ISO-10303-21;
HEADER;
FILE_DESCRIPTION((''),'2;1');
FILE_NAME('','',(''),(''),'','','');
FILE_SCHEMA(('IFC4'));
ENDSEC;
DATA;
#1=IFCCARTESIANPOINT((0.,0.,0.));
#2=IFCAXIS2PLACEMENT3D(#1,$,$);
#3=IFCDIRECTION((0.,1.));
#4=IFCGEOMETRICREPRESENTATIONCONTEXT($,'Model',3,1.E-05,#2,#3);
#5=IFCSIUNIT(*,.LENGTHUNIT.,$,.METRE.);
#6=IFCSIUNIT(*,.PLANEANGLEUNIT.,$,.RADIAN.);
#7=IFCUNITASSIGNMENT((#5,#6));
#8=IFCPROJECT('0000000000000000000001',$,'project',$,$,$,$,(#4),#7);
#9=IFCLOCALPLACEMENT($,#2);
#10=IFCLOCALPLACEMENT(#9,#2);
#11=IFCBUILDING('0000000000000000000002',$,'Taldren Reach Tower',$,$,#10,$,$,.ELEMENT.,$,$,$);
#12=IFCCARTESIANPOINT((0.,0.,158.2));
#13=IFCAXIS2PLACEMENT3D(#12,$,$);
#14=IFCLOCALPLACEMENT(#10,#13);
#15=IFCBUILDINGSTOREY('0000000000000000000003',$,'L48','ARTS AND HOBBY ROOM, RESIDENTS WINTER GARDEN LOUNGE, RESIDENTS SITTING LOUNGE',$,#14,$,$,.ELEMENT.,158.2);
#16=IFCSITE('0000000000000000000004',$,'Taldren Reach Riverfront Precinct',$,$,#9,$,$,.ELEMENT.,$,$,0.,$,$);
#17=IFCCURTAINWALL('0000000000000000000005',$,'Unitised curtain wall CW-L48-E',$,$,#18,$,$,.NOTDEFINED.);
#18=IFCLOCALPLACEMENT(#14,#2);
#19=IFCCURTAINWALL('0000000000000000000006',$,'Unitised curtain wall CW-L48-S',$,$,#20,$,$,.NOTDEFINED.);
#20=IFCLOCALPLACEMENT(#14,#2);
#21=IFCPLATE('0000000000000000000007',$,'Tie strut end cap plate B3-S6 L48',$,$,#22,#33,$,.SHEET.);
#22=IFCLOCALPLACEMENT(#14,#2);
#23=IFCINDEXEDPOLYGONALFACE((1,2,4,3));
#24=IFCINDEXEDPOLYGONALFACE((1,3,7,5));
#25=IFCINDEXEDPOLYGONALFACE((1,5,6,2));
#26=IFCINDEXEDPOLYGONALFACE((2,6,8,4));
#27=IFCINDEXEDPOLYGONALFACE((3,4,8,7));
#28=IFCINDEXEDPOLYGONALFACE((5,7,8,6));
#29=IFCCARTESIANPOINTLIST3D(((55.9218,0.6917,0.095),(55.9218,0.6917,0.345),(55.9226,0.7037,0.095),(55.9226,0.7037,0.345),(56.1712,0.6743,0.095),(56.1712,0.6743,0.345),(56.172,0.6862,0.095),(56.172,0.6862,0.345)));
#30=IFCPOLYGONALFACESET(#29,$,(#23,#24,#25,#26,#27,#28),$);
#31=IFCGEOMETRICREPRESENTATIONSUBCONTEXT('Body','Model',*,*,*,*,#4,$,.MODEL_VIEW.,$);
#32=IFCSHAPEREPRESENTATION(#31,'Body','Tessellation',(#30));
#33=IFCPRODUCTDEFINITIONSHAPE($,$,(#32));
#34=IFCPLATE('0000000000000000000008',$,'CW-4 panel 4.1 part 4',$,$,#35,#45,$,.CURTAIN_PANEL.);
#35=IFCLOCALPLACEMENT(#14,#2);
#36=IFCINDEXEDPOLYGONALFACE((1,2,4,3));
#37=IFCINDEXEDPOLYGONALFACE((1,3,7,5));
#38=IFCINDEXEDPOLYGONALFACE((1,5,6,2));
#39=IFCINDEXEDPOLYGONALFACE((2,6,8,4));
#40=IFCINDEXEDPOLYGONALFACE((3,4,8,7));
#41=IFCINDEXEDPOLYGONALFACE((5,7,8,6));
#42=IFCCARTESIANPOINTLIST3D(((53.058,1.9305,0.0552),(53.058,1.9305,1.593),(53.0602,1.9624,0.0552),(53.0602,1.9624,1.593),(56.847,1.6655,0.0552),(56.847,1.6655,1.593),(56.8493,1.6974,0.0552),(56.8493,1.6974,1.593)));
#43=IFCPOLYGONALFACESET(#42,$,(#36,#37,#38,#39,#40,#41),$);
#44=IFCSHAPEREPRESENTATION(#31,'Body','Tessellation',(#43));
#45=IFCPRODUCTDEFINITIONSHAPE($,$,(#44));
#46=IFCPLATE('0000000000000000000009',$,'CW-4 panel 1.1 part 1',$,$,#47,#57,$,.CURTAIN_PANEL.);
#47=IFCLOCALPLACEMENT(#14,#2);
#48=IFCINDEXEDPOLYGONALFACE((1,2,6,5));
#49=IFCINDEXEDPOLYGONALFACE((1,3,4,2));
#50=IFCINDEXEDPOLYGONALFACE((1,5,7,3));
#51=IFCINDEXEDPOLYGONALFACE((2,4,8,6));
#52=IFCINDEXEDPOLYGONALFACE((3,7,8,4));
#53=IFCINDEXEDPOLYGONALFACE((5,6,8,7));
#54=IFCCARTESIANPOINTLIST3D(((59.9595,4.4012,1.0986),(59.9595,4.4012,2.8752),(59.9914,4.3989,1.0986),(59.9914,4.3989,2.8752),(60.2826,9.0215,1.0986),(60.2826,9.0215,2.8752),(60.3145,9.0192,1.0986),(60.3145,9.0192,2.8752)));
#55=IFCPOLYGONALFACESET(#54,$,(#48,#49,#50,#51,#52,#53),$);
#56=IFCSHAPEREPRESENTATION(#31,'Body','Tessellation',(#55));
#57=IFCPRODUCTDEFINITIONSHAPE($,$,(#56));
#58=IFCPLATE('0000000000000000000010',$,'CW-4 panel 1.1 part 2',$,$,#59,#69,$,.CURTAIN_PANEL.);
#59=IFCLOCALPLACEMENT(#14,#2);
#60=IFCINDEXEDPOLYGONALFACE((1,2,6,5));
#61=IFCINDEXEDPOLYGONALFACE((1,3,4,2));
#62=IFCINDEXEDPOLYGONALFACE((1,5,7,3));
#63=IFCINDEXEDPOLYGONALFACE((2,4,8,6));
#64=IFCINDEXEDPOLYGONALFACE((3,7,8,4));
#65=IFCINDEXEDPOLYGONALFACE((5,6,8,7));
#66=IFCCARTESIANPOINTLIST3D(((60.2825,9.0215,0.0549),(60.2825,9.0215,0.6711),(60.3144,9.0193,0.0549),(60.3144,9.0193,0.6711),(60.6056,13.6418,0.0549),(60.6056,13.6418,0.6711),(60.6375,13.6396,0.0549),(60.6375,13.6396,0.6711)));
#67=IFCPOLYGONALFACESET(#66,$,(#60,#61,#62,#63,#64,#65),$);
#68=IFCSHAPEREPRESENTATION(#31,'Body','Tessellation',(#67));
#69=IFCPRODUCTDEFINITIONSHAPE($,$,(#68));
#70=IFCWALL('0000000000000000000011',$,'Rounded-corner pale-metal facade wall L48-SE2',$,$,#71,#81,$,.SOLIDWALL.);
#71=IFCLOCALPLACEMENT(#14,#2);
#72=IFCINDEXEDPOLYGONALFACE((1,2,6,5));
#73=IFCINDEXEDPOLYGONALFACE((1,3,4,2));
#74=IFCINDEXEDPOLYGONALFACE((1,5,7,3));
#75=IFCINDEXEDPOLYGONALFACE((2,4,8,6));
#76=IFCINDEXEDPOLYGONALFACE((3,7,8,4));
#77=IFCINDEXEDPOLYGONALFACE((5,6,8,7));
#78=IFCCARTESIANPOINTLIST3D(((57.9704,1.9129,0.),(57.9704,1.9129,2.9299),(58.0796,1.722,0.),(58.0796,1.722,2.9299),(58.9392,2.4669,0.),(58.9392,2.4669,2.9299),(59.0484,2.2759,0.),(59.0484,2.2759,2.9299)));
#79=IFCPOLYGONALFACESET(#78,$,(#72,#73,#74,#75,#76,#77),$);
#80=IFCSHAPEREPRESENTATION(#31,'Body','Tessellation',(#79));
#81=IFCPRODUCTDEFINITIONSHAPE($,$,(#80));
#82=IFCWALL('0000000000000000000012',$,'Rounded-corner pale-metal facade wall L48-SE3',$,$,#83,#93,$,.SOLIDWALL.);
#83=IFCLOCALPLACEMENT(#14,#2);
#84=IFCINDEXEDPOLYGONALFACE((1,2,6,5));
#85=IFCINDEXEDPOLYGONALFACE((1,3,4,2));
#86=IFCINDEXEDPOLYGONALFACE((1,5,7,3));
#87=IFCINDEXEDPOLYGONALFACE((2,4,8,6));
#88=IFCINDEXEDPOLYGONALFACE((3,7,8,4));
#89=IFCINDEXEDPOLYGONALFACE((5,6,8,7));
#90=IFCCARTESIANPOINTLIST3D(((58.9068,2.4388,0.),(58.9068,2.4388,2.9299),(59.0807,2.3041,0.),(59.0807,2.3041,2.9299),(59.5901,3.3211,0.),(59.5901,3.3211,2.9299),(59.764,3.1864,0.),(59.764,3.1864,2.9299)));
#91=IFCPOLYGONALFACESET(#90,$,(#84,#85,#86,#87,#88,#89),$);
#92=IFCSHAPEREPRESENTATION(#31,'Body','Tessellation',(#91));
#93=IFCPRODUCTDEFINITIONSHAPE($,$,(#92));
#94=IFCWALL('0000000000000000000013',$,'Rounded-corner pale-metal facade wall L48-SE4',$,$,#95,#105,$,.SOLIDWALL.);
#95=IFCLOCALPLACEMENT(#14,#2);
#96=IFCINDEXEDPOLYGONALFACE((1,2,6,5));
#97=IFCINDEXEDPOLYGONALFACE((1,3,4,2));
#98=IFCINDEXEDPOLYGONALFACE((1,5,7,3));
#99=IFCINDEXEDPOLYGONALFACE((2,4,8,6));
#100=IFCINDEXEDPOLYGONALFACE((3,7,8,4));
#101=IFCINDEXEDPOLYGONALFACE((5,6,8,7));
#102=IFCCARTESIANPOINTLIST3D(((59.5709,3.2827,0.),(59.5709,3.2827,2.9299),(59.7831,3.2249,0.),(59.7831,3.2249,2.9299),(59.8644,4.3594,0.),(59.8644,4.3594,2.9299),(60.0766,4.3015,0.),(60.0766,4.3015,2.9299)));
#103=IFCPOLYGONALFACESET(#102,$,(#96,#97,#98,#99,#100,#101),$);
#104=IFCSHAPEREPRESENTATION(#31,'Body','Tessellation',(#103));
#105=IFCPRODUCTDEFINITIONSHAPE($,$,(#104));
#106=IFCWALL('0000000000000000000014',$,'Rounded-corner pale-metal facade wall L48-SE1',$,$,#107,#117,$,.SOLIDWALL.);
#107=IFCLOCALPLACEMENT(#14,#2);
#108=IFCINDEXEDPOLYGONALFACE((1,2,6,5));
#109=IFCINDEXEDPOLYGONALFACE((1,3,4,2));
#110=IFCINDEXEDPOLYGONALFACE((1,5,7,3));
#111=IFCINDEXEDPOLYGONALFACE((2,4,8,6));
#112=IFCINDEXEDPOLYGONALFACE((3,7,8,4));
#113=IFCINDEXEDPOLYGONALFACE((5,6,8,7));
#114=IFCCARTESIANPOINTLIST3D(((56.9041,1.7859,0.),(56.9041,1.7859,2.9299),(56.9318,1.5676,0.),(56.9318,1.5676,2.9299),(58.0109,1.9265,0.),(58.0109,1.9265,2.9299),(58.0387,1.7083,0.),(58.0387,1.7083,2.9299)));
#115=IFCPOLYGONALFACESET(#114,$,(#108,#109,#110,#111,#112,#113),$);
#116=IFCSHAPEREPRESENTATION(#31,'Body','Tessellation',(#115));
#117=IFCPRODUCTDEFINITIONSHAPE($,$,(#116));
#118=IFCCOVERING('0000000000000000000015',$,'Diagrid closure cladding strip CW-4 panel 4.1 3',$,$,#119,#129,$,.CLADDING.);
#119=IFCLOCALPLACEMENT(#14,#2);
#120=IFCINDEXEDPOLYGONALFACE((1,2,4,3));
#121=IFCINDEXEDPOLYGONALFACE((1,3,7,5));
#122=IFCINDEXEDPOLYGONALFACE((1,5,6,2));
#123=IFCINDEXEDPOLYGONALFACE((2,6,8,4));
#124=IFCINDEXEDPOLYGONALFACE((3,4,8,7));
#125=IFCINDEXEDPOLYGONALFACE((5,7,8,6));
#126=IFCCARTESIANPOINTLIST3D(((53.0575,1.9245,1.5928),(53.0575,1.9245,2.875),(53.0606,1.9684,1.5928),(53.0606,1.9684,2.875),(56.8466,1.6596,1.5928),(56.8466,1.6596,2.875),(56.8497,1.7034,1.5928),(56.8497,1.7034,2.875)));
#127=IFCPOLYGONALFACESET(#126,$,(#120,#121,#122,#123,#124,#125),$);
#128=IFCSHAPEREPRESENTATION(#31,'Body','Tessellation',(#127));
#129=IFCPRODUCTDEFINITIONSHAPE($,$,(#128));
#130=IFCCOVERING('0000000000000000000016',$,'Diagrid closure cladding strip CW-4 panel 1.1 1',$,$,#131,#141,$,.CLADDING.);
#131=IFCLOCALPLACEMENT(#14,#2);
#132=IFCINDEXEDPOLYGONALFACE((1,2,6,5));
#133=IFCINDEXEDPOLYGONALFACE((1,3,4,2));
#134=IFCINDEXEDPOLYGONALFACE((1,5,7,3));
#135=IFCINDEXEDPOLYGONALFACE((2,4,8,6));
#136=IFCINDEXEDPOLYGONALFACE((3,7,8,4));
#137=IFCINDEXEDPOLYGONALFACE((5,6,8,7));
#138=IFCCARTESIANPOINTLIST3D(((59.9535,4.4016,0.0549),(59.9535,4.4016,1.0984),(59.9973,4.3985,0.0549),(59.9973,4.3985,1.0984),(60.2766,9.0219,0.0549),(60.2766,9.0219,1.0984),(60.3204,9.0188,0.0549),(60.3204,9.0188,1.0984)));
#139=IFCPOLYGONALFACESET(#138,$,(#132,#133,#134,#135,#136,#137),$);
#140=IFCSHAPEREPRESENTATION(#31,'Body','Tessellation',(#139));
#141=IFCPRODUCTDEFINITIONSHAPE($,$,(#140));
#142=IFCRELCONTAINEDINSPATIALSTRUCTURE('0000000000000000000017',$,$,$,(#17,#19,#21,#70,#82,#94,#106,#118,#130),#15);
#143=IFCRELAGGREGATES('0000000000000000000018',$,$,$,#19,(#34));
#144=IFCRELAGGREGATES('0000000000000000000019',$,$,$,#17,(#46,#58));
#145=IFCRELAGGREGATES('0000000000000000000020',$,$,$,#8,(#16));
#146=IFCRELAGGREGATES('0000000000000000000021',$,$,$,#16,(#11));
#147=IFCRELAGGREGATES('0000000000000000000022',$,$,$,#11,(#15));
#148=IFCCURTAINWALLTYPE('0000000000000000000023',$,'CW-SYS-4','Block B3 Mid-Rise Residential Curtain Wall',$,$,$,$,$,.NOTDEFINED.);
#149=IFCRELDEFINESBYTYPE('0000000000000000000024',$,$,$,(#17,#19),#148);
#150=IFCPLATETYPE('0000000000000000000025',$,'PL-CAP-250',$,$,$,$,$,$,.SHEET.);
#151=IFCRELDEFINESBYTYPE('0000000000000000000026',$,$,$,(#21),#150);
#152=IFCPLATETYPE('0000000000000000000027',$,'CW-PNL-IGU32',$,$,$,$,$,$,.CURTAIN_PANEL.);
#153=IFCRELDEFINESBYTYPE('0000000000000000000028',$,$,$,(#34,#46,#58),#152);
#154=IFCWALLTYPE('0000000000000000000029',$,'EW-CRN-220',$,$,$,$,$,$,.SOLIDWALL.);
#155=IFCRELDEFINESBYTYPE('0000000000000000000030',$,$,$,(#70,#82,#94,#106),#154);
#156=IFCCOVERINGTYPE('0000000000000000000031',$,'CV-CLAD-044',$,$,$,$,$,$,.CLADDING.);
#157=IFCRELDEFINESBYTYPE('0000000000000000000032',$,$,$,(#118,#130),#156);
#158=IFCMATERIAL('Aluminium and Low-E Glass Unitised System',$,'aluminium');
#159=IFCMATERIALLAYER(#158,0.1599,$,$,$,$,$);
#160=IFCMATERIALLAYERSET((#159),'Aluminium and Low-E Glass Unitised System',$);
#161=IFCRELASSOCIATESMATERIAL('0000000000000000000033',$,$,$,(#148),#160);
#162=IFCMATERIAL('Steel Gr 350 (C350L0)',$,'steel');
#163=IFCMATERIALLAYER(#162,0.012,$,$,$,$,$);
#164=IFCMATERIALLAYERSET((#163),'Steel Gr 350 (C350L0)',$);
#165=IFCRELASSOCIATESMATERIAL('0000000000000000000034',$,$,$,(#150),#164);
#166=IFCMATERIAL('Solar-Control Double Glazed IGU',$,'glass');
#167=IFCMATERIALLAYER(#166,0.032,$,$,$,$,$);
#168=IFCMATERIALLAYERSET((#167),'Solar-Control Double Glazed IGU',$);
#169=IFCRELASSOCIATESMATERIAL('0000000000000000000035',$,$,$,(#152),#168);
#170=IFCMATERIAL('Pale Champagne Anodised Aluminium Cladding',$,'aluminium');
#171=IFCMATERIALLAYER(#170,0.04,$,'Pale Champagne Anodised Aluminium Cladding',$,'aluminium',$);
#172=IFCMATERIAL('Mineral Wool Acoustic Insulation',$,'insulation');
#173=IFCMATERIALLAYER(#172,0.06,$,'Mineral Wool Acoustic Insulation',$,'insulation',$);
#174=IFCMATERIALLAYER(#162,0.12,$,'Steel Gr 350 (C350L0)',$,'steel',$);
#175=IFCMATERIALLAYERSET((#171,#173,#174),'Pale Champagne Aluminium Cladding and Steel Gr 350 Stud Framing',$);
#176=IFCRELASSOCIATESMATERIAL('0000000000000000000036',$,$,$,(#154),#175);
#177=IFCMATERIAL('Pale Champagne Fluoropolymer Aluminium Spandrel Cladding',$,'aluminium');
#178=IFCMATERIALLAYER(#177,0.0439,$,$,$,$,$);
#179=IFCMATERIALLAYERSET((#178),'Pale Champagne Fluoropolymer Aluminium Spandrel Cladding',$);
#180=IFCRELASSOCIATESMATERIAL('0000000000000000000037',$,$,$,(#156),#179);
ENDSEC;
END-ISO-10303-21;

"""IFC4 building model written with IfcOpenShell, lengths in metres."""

from ifc_helpers import new_model, si_unit, direction, frame, frame_2d, origin, origin_2d, place, context, subcontext, project, spatial, rectangle, extrude, source, transform, mapped, material, layer, layer_set, type_object, element, aggregate, save


model = new_model("IFC4")

# Units and contexts
model_context = context("Model", 3, precision=1e-05, world=origin(), true_north=direction((0.0, 1.0)))
body_context = subcontext(model_context, "Body", "Model", "MODEL_VIEW")
ifc_project = project(units=[si_unit("LENGTHUNIT", "METRE"), si_unit("PLANEANGLEUNIT", "RADIAN")], contexts=[model_context])

# Site, building, storey
site_placement = place(None, origin())
site = spatial("IfcSite", under=ifc_project, at=site_placement, Name="Taldren Reach Riverfront Precinct", CompositionType="ELEMENT", RefElevation=0.0)
building_placement = place(site_placement, origin())
building = spatial("IfcBuilding", under=site, at=building_placement, Name="Taldren Reach Tower", CompositionType="ELEMENT")
storey_placement = place(building_placement, frame((0.0, 0.0, 158.2)))
storey = spatial("IfcBuildingStorey", under=building, at=storey_placement, Name="L48", Description="ARTS AND HOBBY ROOM, RESIDENTS WINTER GARDEN LOUNGE, RESIDENTS SITTING LOUNGE", CompositionType="ELEMENT", Elevation=158.2)

# Shared definitions
ifc_material_1 = material(Name="Steel Gr 350 (C350L0)", Category="steel")

# Curtain wall
ifc_material_2 = material(Name="Aluminium and Low-E Glass Unitised System", Category="aluminium")
ifc_layer_1 = layer(ifc_material_2, 0.1599)
ifc_layer_set_1 = layer_set([ifc_layer_1], Name="Aluminium and Low-E Glass Unitised System")
curtain_wall_type = type_object("IfcCurtainWallType", Name="CW-SYS-4", Description="Block B3 Mid-Rise Residential Curtain Wall", PredefinedType="NOTDEFINED", material=ifc_layer_set_1)
curtain_wall_1_placement = place(storey_placement, origin())
curtain_wall_1 = element("IfcCurtainWall", 1, at=curtain_wall_1_placement, inside=storey, type_object=curtain_wall_type, Name="Unitised curtain wall CW-L48-E", PredefinedType="NOTDEFINED")

# Curtain wall
curtain_wall_2_placement = place(storey_placement, origin())
curtain_wall_2 = element("IfcCurtainWall", 2, at=curtain_wall_2_placement, inside=storey, type_object=curtain_wall_type, Name="Unitised curtain wall CW-L48-S", PredefinedType="NOTDEFINED")

# Plate
ifc_layer_2 = layer(ifc_material_1, 0.012)
ifc_layer_set_2 = layer_set([ifc_layer_2], Name="Steel Gr 350 (C350L0)")
plate_type_1 = type_object("IfcPlateType", Name="PL-CAP-250", PredefinedType="SHEET", material=ifc_layer_set_2)
shared_shape_1 = source(origin(), body_context, "Body", "SweptSolid", [
    extrude(rectangle(XDim=0.25, YDim=0.012, at=origin_2d()), origin(), (0.0, 0.0, 1.0), 0.25),
])
plate_1_placement = place(storey_placement, frame((56.0469, 0.689, 0.095), z_axis=(0.0, 0.0, 1.0), x_axis=(0.997564, -0.069756, 0.0)))
element("IfcPlate", 3, at=plate_1_placement, inside=storey, type_object=plate_type_1, Name="Tie strut end cap plate B3-S6 L48", PredefinedType="SHEET", context=body_context, shape_type="MappedRepresentation", body=[
    mapped(shared_shape_1, transform((0.0, 0.0, 0.0), scale=1.0)),
])

# Plates
ifc_material_3 = material(Name="Solar-Control Double Glazed IGU", Category="glass")
ifc_layer_3 = layer(ifc_material_3, 0.032)
ifc_layer_set_3 = layer_set([ifc_layer_3], Name="Solar-Control Double Glazed IGU")
plate_type_2 = type_object("IfcPlateType", Name="CW-PNL-IGU32", PredefinedType="CURTAIN_PANEL", material=ifc_layer_set_3)
shared_shape_2 = source(origin(), body_context, "Body", "SweptSolid", [
    extrude(rectangle(XDim=3.7983, YDim=0.032, at=origin_2d()), origin(), (0.0, 0.0, 1.0), 1.5378),
])
plate_2_placement = place(storey_placement, frame((54.9536, 1.814, 0.0552), z_axis=(0.0, 0.0, 1.0), x_axis=(0.997564, -0.069757, 0.0)))
plate_2 = element("IfcPlate", 4, at=plate_2_placement, type_object=plate_type_2, Name="CW-4 panel 4.1 part 4", PredefinedType="CURTAIN_PANEL", context=body_context, shape_type="MappedRepresentation", body=[
    mapped(shared_shape_2, transform((0.0, 0.0, 0.0), scale=1.0)),
])
aggregate(curtain_wall_2, [plate_2])
shared_shape_3 = source(origin(), body_context, "Body", "SweptSolid", [
    extrude(rectangle(XDim=4.6316, YDim=0.032, at=origin_2d()), origin(), (0.0, 0.0, 1.0), 1.7766),
])
plate_3_placement = place(storey_placement, frame((60.137, 6.7102, 1.0986), z_axis=(0.0, 0.0, 1.0), x_axis=(0.069756, 0.997564, 0.0)))
plate_3 = element("IfcPlate", 5, at=plate_3_placement, type_object=plate_type_2, Name="CW-4 panel 1.1 part 1", PredefinedType="CURTAIN_PANEL", context=body_context, shape_type="MappedRepresentation", body=[
    mapped(shared_shape_3, transform((0.0, 0.0, 0.0), scale=1.0)),
])
shared_shape_4 = source(origin(), body_context, "Body", "SweptSolid", [
    extrude(rectangle(XDim=4.6316, YDim=0.032, at=origin_2d()), origin(), (0.0, 0.0, 1.0), 0.6162),
])
plate_4_placement = place(storey_placement, frame((60.46, 11.3306, 0.0549), z_axis=(0.0, 0.0, 1.0), x_axis=(0.069756, 0.997564, 0.0)))
plate_4 = element("IfcPlate", 6, at=plate_4_placement, type_object=plate_type_2, Name="CW-4 panel 1.1 part 2", PredefinedType="CURTAIN_PANEL", context=body_context, shape_type="MappedRepresentation", body=[
    mapped(shared_shape_4, transform((0.0, 0.0, 0.0), scale=1.0)),
])
aggregate(curtain_wall_1, [plate_3, plate_4])

# Walls
ifc_material_4 = material(Name="Pale Champagne Anodised Aluminium Cladding", Category="aluminium")
ifc_layer_4 = layer(ifc_material_4, 0.04, Name="Pale Champagne Anodised Aluminium Cladding", Category="aluminium")
ifc_material_5 = material(Name="Mineral Wool Acoustic Insulation", Category="insulation")
ifc_layer_5 = layer(ifc_material_5, 0.06, Name="Mineral Wool Acoustic Insulation", Category="insulation")
ifc_layer_6 = layer(ifc_material_1, 0.12, Name="Steel Gr 350 (C350L0)", Category="steel")
ifc_layer_set_4 = layer_set([ifc_layer_4, ifc_layer_5, ifc_layer_6], Name="Pale Champagne Aluminium Cladding and Steel Gr 350 Stud Framing")
wall_type = type_object("IfcWallType", Name="EW-CRN-220", PredefinedType="SOLIDWALL", material=ifc_layer_set_4)
shared_shape_5 = source(origin(), body_context, "Body", "SweptSolid", [
    extrude(rectangle(XDim=1.116, YDim=0.22, at=frame_2d((0.5581, 0.0))), origin(), (0.0, 0.0, 1.0), 2.9299),
])
for number, where, z_axis, x_axis, name in (
    (7, (58.0249, 1.8174, 0.0), (0.0, 0.0, 1.0), (0.868095, 0.496398, 0.0), "Rounded-corner pale-metal facade wall L48-SE2"),
    (8, (58.9937, 2.3713, 0.0), (0.0, 0.0, 1.0), (0.612319, 0.790611, 0.0), "Rounded-corner pale-metal facade wall L48-SE3"),
    (9, (59.677, 3.2537, 0.0), (0.0, 0.0, 1.0), (0.262969, 0.964804, 0.0), "Rounded-corner pale-metal facade wall L48-SE4"),
):
    element("IfcWall", number, at=place(storey_placement, frame(where, z_axis=z_axis, x_axis=x_axis)), inside=storey, type_object=wall_type, Name=name, PredefinedType="SOLIDWALL", context=body_context, shape_type="MappedRepresentation", body=[
        mapped(shared_shape_5, transform((0.0, 0.0, 0.0), scale=1.0)),
    ])
shared_shape_6 = source(origin(), body_context, "Body", "SweptSolid", [
    extrude(rectangle(XDim=1.1157, YDim=0.22, at=frame_2d((0.5579, 0.0))), origin(), (0.0, 0.0, 1.0), 2.9299),
])
wall_placement = place(storey_placement, frame((56.918, 1.6768, 0.0), z_axis=(0.0, 0.0, 1.0), x_axis=(0.992027, 0.126027, 0.0)))
element("IfcWall", 10, at=wall_placement, inside=storey, type_object=wall_type, Name="Rounded-corner pale-metal facade wall L48-SE1", PredefinedType="SOLIDWALL", context=body_context, shape_type="MappedRepresentation", body=[
    mapped(shared_shape_6, transform((0.0, 0.0, 0.0), scale=1.0)),
])

# Coverings
ifc_material_6 = material(Name="Pale Champagne Fluoropolymer Aluminium Spandrel Cladding", Category="aluminium")
ifc_layer_7 = layer(ifc_material_6, 0.0439)
ifc_layer_set_5 = layer_set([ifc_layer_7], Name="Pale Champagne Fluoropolymer Aluminium Spandrel Cladding")
covering_type = type_object("IfcCoveringType", Name="CV-CLAD-044", PredefinedType="CLADDING", material=ifc_layer_set_5)
shared_shape_7 = source(origin(), body_context, "Body", "SweptSolid", [
    extrude(rectangle(XDim=3.7983, YDim=0.0439, at=origin_2d()), origin(), (0.0, 0.0, 1.0), 1.2822),
])
covering_1_placement = place(storey_placement, frame((54.9536, 1.814, 1.5928), z_axis=(0.0, 0.0, 1.0), x_axis=(0.997564, -0.069757, 0.0)))
element("IfcCovering", 11, at=covering_1_placement, inside=storey, type_object=covering_type, Name="Diagrid closure cladding strip CW-4 panel 4.1 3", PredefinedType="CLADDING", context=body_context, shape_type="MappedRepresentation", body=[
    mapped(shared_shape_7, transform((0.0, 0.0, 0.0), scale=1.0)),
])
shared_shape_8 = source(origin(), body_context, "Body", "SweptSolid", [
    extrude(rectangle(XDim=4.6316, YDim=0.0439, at=origin_2d()), origin(), (0.0, 0.0, 1.0), 1.0435),
])
covering_2_placement = place(storey_placement, frame((60.137, 6.7102, 0.0549), z_axis=(0.0, 0.0, 1.0), x_axis=(0.069756, 0.997564, 0.0)))
element("IfcCovering", 12, at=covering_2_placement, inside=storey, type_object=covering_type, Name="Diagrid closure cladding strip CW-4 panel 1.1 1", PredefinedType="CLADDING", context=body_context, shape_type="MappedRepresentation", body=[
    mapped(shared_shape_8, transform((0.0, 0.0, 0.0), scale=1.0)),
])

save(model, "model.ifc")
